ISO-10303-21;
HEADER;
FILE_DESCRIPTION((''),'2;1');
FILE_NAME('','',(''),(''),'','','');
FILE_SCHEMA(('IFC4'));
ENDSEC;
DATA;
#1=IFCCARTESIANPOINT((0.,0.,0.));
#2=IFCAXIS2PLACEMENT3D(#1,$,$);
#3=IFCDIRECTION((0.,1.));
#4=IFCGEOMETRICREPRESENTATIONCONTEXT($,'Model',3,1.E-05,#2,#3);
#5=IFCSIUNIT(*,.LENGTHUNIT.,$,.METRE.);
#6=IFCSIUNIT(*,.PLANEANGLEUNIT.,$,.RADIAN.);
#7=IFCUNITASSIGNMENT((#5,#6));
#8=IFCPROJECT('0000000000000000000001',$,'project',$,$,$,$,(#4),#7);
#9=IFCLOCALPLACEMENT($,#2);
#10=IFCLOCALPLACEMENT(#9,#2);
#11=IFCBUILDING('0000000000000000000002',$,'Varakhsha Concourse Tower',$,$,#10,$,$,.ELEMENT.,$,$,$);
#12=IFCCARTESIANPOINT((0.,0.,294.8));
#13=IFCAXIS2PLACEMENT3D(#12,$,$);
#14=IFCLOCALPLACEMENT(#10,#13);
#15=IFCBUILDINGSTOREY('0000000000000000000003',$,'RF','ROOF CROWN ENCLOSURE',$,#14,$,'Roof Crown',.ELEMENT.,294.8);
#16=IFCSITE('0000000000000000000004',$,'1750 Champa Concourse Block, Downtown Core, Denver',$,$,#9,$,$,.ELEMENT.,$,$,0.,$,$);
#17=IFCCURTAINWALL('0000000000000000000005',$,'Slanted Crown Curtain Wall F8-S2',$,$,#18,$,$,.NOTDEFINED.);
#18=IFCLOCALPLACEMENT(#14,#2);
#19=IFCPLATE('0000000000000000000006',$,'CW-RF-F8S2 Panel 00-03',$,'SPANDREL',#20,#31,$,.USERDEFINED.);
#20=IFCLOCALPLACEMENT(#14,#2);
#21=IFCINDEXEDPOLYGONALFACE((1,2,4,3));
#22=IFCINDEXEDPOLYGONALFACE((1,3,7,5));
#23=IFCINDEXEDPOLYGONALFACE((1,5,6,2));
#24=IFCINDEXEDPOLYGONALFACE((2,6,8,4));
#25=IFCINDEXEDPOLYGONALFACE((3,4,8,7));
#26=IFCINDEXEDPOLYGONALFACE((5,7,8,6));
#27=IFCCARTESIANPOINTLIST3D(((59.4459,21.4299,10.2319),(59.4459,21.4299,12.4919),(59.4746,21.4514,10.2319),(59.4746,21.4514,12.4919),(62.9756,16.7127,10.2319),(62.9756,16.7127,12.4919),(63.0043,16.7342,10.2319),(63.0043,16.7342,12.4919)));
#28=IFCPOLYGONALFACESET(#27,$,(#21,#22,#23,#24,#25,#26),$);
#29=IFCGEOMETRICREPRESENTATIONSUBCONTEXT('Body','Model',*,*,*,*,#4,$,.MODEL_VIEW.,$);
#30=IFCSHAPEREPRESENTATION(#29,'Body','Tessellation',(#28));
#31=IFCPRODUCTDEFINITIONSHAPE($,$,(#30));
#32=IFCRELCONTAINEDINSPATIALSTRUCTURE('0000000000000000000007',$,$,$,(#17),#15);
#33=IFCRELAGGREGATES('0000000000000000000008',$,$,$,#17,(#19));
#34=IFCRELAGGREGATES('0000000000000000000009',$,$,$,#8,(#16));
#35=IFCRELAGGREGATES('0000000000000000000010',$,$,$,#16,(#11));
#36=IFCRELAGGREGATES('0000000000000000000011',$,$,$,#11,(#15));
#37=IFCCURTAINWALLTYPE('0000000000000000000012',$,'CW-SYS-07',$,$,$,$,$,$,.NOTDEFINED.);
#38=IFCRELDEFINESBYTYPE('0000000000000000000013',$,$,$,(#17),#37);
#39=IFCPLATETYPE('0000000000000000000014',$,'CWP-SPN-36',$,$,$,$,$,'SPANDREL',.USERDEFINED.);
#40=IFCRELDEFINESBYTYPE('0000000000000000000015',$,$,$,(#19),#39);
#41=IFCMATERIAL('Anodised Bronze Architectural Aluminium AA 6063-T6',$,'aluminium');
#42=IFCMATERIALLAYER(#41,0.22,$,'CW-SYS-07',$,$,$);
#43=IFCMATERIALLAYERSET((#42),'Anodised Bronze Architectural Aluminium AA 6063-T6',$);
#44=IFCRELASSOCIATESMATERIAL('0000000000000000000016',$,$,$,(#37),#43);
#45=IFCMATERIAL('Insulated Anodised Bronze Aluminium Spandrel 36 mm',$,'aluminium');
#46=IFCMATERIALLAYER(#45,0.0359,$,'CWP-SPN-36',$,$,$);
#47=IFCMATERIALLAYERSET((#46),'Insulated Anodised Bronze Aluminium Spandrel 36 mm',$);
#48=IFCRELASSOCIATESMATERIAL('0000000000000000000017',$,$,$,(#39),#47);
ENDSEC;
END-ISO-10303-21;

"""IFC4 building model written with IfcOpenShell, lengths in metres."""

from ifc_helpers import new_model, si_unit, direction, frame, origin, origin_2d, place, context, subcontext, project, spatial, rectangle, extrude, source, transform, mapped, material, layer, layer_set, type_object, element, aggregate, save


model = new_model("IFC4")

# Units and contexts
model_context = context("Model", 3, precision=1e-05, world=origin(), true_north=direction((0.0, 1.0)))
body_context = subcontext(model_context, "Body", "Model", "MODEL_VIEW")
ifc_project = project(units=[si_unit("LENGTHUNIT", "METRE"), si_unit("PLANEANGLEUNIT", "RADIAN")], contexts=[model_context])

# Site, building, storey
site_placement = place(None, origin())
site = spatial("IfcSite", under=ifc_project, at=site_placement, Name="1750 Champa Concourse Block, Downtown Core, Denver", CompositionType="ELEMENT", RefElevation=0.0)
building_placement = place(site_placement, origin())
building = spatial("IfcBuilding", under=site, at=building_placement, Name="Varakhsha Concourse Tower", CompositionType="ELEMENT")
storey_placement = place(building_placement, frame((0.0, 0.0, 294.8)))
storey = spatial("IfcBuildingStorey", under=building, at=storey_placement, Name="RF", Description="ROOF CROWN ENCLOSURE", LongName="Roof Crown", CompositionType="ELEMENT", Elevation=294.8)

# Curtain wall
ifc_material_1 = material(Name="Anodised Bronze Architectural Aluminium AA 6063-T6", Category="aluminium")
ifc_layer_1 = layer(ifc_material_1, 0.22, Name="CW-SYS-07")
ifc_layer_set_1 = layer_set([ifc_layer_1], Name="Anodised Bronze Architectural Aluminium AA 6063-T6")
curtain_wall_type = type_object("IfcCurtainWallType", Name="CW-SYS-07", PredefinedType="NOTDEFINED", material=ifc_layer_set_1)
curtain_wall_1_placement = place(storey_placement, origin())
curtain_wall_1 = element("IfcCurtainWall", 1, at=curtain_wall_1_placement, inside=storey, type_object=curtain_wall_type, Name="Slanted Crown Curtain Wall F8-S2", PredefinedType="NOTDEFINED")

# Shared definitions
ifc_material_2 = material(Name="Insulated Anodised Bronze Aluminium Spandrel 36 mm", Category="aluminium")
ifc_layer_2 = layer(ifc_material_2, 0.0359, Name="CWP-SPN-36")
ifc_layer_set_2 = layer_set([ifc_layer_2], Name="Insulated Anodised Bronze Aluminium Spandrel 36 mm")
plate_type_1 = type_object("IfcPlateType", Name="CWP-SPN-36", ElementType="SPANDREL", PredefinedType="USERDEFINED", material=ifc_layer_set_2)

# Plate
shared_shape_1 = source(origin(), body_context, "Body", "SweptSolid", [
    extrude(rectangle(XDim=5.8916, YDim=0.0359, at=origin_2d()), origin(), (0.0, 0.0, 1.0), 2.26),
])
plate_1_placement = place(storey_placement, frame((61.2251, 19.082, 10.2319), z_axis=(0.0, 0.0, 1.0), x_axis=(0.5991, -0.800674, 0.0)))
plate_1 = element("IfcPlate", 2, at=plate_1_placement, type_object=plate_type_1, Name="CW-RF-F8S2 Panel 00-03", ObjectType="SPANDREL", PredefinedType="USERDEFINED", context=body_context, shape_type="MappedRepresentation", body=[
    mapped(shared_shape_1, transform((0.0, 0.0, 0.0), scale=1.0)),
])
aggregate(curtain_wall_1, [plate_1])

save(model, "model.ifc")
